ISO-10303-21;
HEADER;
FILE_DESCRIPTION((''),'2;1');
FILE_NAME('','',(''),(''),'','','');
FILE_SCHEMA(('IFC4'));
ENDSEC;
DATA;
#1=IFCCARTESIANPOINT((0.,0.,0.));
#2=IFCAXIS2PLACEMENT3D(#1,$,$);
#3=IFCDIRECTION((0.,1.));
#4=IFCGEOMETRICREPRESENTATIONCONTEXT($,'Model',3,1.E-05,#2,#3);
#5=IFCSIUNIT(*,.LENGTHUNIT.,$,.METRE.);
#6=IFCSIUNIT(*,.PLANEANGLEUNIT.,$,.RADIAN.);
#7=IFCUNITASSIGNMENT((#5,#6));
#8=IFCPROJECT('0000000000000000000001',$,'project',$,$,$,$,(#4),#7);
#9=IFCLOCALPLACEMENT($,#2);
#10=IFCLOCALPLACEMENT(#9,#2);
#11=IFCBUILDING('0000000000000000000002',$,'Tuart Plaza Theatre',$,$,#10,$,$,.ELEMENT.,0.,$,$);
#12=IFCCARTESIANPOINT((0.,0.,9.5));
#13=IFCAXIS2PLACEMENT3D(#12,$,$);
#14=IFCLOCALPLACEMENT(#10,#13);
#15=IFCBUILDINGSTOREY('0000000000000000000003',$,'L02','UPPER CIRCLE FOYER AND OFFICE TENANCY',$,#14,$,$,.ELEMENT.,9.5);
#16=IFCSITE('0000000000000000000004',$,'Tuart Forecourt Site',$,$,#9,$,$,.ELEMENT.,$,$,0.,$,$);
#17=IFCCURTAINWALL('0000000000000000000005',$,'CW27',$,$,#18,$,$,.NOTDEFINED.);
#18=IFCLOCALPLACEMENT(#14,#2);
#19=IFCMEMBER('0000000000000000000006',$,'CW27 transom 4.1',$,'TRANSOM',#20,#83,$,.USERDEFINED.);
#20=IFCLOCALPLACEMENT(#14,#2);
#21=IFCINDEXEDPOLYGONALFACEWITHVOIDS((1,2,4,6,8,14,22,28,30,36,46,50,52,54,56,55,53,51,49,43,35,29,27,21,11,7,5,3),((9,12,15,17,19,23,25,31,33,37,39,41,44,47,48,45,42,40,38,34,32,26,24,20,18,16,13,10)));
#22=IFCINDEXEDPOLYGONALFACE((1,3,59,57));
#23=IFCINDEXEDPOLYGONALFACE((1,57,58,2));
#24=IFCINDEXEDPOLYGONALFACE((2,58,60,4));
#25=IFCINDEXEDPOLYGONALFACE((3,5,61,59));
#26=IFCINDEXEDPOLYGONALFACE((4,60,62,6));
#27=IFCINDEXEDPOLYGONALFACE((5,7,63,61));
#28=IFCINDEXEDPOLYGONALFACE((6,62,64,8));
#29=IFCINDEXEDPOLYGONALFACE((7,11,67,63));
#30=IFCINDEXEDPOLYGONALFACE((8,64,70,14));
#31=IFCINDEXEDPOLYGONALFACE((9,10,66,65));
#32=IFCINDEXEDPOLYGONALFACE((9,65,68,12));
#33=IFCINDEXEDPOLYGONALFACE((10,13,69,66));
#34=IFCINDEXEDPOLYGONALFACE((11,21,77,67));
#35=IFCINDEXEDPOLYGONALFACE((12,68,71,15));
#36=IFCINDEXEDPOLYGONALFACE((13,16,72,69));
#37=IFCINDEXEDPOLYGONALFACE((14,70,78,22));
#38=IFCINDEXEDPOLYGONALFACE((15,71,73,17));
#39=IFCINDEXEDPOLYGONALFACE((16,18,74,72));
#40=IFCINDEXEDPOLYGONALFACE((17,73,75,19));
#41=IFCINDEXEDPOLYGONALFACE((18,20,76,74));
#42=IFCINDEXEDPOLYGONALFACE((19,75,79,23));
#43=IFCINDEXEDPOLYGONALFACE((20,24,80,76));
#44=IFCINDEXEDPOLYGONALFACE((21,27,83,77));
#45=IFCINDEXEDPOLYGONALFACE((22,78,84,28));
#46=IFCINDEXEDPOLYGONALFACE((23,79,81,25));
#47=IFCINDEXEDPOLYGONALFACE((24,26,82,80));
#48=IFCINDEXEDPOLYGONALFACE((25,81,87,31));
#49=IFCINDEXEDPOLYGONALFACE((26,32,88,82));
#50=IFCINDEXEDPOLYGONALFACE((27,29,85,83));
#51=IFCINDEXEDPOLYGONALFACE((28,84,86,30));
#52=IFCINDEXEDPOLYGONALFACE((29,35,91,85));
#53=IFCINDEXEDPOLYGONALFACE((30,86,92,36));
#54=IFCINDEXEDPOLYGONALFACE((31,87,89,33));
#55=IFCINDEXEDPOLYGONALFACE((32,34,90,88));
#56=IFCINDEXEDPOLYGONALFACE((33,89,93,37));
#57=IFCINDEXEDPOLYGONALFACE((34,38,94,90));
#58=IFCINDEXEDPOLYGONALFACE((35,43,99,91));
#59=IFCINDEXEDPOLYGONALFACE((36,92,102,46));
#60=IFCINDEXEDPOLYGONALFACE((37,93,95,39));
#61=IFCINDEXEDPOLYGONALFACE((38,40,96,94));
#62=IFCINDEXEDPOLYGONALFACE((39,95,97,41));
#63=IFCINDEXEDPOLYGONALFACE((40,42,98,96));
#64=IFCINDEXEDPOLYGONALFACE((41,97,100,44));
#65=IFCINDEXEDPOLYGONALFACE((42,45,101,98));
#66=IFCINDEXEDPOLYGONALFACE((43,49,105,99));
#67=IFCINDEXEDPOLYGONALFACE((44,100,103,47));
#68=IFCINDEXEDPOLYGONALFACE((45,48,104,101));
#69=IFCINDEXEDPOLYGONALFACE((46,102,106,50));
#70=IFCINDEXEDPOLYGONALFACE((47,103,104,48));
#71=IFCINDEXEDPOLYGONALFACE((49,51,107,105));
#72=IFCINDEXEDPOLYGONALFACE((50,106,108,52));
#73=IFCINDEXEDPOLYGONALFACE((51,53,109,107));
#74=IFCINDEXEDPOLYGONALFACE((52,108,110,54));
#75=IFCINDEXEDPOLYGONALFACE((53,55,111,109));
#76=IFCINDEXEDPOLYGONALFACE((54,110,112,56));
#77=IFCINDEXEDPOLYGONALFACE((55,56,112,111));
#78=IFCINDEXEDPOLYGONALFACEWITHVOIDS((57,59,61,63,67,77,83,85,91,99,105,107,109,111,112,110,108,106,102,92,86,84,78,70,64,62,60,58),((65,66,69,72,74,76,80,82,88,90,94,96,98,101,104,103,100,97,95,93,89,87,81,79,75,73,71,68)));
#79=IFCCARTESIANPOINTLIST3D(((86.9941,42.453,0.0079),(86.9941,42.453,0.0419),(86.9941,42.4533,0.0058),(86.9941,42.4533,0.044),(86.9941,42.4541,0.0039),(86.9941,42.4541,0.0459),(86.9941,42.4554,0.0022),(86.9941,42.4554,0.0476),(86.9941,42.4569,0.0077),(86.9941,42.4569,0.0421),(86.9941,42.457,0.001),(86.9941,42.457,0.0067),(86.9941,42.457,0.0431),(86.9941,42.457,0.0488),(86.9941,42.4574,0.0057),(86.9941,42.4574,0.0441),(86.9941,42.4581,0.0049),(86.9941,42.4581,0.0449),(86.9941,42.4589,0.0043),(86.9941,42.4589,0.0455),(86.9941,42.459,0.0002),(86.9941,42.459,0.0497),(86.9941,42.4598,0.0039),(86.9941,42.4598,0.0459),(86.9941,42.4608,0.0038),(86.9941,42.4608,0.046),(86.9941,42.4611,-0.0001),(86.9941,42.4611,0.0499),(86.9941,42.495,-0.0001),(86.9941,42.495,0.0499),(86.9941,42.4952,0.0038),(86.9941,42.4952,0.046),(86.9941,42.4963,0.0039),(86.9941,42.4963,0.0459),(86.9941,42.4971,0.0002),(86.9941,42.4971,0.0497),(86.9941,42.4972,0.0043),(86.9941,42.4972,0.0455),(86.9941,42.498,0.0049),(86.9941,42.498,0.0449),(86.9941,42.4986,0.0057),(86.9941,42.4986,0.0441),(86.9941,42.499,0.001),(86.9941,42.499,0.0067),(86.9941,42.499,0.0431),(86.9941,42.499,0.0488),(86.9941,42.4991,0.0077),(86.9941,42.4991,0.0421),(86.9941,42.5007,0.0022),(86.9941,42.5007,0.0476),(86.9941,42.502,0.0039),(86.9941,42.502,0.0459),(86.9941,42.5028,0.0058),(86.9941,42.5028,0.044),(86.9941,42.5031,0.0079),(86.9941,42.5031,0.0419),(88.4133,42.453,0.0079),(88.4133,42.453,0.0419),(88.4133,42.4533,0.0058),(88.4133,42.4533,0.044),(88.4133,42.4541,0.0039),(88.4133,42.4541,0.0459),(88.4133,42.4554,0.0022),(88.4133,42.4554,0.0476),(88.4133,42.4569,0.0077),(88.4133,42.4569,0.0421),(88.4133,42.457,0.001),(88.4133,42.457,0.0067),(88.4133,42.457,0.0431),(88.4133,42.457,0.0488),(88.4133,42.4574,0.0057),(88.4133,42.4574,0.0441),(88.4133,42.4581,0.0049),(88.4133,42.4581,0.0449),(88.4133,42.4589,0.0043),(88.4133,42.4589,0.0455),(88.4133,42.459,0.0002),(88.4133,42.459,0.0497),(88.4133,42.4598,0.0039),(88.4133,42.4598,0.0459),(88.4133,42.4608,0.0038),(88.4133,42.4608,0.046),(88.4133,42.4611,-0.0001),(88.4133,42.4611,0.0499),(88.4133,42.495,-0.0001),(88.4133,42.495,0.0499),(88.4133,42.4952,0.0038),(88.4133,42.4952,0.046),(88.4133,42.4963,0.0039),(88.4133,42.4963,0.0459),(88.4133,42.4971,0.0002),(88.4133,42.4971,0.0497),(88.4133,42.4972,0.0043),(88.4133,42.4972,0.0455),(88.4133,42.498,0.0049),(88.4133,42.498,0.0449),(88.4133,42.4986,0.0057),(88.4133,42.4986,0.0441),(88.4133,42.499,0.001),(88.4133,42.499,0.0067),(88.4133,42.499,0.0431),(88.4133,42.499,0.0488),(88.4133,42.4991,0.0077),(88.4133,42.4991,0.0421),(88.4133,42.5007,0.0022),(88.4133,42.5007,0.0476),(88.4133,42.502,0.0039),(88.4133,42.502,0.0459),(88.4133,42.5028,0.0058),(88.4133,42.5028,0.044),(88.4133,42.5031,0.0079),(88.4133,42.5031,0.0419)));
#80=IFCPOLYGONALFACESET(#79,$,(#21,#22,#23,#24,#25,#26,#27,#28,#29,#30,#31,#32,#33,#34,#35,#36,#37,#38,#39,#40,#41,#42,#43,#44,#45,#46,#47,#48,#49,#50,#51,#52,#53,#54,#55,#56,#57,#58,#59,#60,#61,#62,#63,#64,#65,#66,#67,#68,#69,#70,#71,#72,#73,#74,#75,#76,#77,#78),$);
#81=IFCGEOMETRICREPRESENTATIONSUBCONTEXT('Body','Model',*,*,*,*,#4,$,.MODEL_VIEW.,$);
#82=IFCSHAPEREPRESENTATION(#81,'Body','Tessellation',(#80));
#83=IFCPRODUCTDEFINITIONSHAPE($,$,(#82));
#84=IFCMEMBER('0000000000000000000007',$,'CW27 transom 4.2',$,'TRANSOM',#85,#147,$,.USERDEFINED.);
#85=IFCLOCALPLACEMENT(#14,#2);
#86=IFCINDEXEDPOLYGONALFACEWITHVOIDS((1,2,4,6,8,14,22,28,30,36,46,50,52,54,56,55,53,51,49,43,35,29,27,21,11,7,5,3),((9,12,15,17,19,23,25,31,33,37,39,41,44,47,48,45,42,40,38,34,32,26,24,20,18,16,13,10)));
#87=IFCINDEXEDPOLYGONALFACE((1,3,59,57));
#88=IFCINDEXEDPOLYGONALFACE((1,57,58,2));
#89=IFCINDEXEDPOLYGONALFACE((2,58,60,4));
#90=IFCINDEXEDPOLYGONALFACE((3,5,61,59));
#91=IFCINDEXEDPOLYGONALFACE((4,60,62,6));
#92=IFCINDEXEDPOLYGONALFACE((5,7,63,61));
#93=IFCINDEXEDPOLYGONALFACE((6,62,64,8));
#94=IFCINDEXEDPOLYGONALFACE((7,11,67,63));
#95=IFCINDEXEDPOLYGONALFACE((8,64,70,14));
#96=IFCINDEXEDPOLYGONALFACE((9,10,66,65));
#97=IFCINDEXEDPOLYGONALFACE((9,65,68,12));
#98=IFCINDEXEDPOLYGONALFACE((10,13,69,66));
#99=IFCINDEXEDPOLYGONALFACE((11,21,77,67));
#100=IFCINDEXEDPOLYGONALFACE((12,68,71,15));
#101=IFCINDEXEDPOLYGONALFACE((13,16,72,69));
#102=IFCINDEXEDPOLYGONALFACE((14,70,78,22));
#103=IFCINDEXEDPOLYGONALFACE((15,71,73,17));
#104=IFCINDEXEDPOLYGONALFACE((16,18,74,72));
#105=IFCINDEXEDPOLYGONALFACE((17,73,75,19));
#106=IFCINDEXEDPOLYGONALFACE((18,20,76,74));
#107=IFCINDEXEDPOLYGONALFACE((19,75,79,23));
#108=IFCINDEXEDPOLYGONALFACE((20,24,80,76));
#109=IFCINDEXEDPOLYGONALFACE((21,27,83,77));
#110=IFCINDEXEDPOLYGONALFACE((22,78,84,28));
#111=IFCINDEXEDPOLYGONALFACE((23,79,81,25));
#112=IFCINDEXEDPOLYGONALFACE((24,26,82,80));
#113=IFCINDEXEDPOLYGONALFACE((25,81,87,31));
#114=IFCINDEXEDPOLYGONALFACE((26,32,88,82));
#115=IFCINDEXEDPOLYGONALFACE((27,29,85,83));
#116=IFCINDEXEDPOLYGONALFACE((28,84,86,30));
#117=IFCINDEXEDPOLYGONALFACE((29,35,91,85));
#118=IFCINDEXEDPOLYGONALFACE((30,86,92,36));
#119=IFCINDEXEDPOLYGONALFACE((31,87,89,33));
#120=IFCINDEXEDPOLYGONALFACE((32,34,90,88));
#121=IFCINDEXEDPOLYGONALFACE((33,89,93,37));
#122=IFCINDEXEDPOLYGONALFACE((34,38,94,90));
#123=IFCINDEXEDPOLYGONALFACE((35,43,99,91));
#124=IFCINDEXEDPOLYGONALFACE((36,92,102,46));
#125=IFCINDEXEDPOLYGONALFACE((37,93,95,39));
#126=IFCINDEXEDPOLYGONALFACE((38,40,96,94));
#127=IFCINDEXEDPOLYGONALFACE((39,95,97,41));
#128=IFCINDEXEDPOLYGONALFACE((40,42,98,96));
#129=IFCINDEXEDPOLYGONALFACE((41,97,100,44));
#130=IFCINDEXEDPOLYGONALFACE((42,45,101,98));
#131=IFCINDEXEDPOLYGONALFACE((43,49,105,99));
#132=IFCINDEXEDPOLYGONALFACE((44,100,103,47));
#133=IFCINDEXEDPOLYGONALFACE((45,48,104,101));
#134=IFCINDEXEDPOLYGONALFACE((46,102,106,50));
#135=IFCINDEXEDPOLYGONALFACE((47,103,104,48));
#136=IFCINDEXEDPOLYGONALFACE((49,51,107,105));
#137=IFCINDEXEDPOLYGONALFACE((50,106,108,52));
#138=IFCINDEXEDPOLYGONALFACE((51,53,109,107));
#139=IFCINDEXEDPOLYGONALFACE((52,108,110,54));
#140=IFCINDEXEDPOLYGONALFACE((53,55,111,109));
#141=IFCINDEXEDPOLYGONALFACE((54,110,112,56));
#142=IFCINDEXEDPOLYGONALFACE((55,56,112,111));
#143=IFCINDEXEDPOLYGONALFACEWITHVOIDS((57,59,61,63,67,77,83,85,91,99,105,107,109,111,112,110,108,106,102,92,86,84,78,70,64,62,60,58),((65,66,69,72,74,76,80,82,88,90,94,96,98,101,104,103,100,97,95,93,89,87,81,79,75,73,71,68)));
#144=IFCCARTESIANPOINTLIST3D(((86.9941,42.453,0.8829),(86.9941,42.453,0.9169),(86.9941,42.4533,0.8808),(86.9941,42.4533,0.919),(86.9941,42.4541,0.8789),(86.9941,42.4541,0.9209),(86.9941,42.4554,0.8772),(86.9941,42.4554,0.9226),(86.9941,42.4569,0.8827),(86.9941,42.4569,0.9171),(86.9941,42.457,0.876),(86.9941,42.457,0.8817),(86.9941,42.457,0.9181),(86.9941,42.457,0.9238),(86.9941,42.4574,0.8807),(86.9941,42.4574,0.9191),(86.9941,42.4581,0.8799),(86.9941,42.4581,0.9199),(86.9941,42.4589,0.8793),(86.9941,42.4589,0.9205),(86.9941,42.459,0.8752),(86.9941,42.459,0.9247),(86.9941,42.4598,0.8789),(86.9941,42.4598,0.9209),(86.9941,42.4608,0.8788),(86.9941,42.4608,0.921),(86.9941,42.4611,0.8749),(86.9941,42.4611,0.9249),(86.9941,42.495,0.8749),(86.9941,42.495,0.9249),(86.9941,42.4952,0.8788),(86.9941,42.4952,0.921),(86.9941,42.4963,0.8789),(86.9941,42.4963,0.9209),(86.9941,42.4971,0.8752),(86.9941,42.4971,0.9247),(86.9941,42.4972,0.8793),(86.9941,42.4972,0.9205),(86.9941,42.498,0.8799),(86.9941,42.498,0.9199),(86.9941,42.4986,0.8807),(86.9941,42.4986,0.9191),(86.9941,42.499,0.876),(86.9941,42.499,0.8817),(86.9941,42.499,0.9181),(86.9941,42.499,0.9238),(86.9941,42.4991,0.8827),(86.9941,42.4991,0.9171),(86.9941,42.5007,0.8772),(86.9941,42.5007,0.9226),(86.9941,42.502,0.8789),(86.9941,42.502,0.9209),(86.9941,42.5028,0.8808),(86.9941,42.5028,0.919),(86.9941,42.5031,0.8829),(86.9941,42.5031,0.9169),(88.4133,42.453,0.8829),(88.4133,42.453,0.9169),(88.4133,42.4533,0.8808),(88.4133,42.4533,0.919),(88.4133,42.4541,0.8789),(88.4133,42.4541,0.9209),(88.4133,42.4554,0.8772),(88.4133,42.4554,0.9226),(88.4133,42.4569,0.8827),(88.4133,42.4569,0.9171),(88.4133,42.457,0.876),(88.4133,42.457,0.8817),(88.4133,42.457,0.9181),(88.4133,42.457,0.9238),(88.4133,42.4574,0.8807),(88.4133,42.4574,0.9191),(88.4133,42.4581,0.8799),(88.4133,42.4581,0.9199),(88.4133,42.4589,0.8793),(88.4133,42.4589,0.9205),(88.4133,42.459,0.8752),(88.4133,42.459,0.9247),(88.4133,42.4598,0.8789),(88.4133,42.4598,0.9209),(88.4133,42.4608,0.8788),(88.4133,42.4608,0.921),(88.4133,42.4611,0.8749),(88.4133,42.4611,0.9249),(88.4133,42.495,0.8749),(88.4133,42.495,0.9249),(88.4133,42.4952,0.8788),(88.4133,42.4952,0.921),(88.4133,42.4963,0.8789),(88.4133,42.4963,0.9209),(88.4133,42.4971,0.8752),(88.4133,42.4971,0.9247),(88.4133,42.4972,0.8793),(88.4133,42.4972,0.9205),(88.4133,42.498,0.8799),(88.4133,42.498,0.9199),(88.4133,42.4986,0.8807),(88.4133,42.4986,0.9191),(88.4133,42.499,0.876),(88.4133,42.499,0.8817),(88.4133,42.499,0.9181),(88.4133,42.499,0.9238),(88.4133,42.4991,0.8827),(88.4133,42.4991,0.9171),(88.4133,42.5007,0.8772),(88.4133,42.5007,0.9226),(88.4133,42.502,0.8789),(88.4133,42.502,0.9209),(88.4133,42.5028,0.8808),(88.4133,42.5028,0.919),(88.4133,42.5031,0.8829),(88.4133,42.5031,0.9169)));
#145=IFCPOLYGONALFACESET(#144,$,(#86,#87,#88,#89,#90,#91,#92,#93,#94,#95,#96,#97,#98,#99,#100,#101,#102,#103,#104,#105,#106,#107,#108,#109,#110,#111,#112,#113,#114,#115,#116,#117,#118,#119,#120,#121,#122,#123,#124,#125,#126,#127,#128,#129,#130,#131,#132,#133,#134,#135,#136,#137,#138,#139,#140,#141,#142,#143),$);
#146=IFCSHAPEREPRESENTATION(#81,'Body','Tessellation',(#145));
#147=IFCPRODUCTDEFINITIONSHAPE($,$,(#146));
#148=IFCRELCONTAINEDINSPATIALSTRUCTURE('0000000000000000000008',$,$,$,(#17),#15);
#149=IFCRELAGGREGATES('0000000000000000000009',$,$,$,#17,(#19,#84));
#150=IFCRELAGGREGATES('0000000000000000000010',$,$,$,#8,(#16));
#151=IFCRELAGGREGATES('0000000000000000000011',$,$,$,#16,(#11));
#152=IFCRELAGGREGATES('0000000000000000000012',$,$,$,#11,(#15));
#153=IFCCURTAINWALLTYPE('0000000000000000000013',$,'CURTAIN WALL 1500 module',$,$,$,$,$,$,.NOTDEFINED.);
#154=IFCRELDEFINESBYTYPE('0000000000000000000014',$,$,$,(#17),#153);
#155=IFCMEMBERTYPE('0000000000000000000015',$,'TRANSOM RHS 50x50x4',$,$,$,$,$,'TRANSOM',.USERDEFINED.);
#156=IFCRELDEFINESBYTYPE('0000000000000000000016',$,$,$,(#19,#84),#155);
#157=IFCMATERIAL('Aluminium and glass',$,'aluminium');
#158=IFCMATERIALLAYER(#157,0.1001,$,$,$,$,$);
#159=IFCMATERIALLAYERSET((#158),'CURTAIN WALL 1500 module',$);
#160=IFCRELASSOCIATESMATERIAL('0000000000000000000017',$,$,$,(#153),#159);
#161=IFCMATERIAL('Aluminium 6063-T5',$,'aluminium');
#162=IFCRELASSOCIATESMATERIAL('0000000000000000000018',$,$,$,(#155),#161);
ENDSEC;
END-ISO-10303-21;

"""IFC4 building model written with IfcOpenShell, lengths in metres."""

from ifc_helpers import new_model, si_unit, direction, frame, origin, origin_2d, place, context, subcontext, project, spatial, hollow_rectangle, extrude, material, layer, layer_set, material_profile, profile_set, type_object, element, aggregate, save


model = new_model("IFC4")

# Units and contexts
model_context = context("Model", 3, precision=1e-05, world=origin(), true_north=direction((0.0, 1.0)))
body_context = subcontext(model_context, "Body", "Model", "MODEL_VIEW")
ifc_project = project(units=[si_unit("LENGTHUNIT", "METRE"), si_unit("PLANEANGLEUNIT", "RADIAN")], contexts=[model_context])

# Site, building, storey
site_placement = place(None, origin())
site = spatial("IfcSite", under=ifc_project, at=site_placement, Name="Tuart Forecourt Site", CompositionType="ELEMENT", RefElevation=0.0)
building_placement = place(site_placement, origin())
building = spatial("IfcBuilding", under=site, at=building_placement, Name="Tuart Plaza Theatre", CompositionType="ELEMENT", ElevationOfRefHeight=0.0)
storey_placement = place(building_placement, frame((0.0, 0.0, 9.5)))
storey = spatial("IfcBuildingStorey", under=building, at=storey_placement, Name="L02", Description="UPPER CIRCLE FOYER AND OFFICE TENANCY", CompositionType="ELEMENT", Elevation=9.5)

# Curtain wall
ifc_material_1 = material(Name="Aluminium and glass", Category="aluminium")
ifc_layer_1 = layer(ifc_material_1, 0.1001)
ifc_layer_set_1 = layer_set([ifc_layer_1], Name="CURTAIN WALL 1500 module")
curtain_wall_type = type_object("IfcCurtainWallType", Name="CURTAIN WALL 1500 module", PredefinedType="NOTDEFINED", material=ifc_layer_set_1)
curtain_wall_1_placement = place(storey_placement, origin())
curtain_wall_1 = element("IfcCurtainWall", 1, at=curtain_wall_1_placement, inside=storey, type_object=curtain_wall_type, Name="CW27", PredefinedType="NOTDEFINED")

# Members
ifc_material_2 = material(Name="Aluminium 6063-T5", Category="aluminium")
ifc_material_profile_1 = material_profile(ifc_material_2, hollow_rectangle(XDim=0.05, YDim=0.05, WallThickness=0.0039, InnerFilletRadius=0.0039, OuterFilletRadius=0.0081, at=origin_2d()), Name="RHS 50x50x4")
ifc_profile_set_1 = profile_set([ifc_material_profile_1], Name="Aluminium 6063-T5")
member_type_1 = type_object("IfcMemberType", Name="TRANSOM RHS 50x50x4", ElementType="TRANSOM", PredefinedType="USERDEFINED", material=ifc_profile_set_1)
member_1_placement = place(storey_placement, frame((86.9941, 42.478, 0.0249), z_axis=(1.0, 0.0, 0.0), x_axis=(0.0, 1.0, 0.0)))
member_1 = element("IfcMember", 2, at=member_1_placement, type_object=member_type_1, Name="CW27 transom 4.1", ObjectType="TRANSOM", PredefinedType="USERDEFINED", context=body_context, shape_type="SweptSolid", body=[
    extrude(hollow_rectangle(XDim=0.05, YDim=0.05, WallThickness=0.0039, InnerFilletRadius=0.0039, OuterFilletRadius=0.0081, at=origin_2d()), origin(), (0.0, 0.0, 1.0), 1.4192),
])
member_2_placement = place(storey_placement, frame((86.9941, 42.478, 0.8999), z_axis=(1.0, 0.0, 0.0), x_axis=(0.0, 1.0, 0.0)))
member_2 = element("IfcMember", 3, at=member_2_placement, type_object=member_type_1, Name="CW27 transom 4.2", ObjectType="TRANSOM", PredefinedType="USERDEFINED", context=body_context, shape_type="SweptSolid", body=[
    extrude(hollow_rectangle(XDim=0.05, YDim=0.05, WallThickness=0.0039, InnerFilletRadius=0.0039, OuterFilletRadius=0.0081, at=origin_2d()), origin(), (0.0, 0.0, 1.0), 1.4192),
])

aggregate(curtain_wall_1, [member_1, member_2])

save(model, "model.ifc")
